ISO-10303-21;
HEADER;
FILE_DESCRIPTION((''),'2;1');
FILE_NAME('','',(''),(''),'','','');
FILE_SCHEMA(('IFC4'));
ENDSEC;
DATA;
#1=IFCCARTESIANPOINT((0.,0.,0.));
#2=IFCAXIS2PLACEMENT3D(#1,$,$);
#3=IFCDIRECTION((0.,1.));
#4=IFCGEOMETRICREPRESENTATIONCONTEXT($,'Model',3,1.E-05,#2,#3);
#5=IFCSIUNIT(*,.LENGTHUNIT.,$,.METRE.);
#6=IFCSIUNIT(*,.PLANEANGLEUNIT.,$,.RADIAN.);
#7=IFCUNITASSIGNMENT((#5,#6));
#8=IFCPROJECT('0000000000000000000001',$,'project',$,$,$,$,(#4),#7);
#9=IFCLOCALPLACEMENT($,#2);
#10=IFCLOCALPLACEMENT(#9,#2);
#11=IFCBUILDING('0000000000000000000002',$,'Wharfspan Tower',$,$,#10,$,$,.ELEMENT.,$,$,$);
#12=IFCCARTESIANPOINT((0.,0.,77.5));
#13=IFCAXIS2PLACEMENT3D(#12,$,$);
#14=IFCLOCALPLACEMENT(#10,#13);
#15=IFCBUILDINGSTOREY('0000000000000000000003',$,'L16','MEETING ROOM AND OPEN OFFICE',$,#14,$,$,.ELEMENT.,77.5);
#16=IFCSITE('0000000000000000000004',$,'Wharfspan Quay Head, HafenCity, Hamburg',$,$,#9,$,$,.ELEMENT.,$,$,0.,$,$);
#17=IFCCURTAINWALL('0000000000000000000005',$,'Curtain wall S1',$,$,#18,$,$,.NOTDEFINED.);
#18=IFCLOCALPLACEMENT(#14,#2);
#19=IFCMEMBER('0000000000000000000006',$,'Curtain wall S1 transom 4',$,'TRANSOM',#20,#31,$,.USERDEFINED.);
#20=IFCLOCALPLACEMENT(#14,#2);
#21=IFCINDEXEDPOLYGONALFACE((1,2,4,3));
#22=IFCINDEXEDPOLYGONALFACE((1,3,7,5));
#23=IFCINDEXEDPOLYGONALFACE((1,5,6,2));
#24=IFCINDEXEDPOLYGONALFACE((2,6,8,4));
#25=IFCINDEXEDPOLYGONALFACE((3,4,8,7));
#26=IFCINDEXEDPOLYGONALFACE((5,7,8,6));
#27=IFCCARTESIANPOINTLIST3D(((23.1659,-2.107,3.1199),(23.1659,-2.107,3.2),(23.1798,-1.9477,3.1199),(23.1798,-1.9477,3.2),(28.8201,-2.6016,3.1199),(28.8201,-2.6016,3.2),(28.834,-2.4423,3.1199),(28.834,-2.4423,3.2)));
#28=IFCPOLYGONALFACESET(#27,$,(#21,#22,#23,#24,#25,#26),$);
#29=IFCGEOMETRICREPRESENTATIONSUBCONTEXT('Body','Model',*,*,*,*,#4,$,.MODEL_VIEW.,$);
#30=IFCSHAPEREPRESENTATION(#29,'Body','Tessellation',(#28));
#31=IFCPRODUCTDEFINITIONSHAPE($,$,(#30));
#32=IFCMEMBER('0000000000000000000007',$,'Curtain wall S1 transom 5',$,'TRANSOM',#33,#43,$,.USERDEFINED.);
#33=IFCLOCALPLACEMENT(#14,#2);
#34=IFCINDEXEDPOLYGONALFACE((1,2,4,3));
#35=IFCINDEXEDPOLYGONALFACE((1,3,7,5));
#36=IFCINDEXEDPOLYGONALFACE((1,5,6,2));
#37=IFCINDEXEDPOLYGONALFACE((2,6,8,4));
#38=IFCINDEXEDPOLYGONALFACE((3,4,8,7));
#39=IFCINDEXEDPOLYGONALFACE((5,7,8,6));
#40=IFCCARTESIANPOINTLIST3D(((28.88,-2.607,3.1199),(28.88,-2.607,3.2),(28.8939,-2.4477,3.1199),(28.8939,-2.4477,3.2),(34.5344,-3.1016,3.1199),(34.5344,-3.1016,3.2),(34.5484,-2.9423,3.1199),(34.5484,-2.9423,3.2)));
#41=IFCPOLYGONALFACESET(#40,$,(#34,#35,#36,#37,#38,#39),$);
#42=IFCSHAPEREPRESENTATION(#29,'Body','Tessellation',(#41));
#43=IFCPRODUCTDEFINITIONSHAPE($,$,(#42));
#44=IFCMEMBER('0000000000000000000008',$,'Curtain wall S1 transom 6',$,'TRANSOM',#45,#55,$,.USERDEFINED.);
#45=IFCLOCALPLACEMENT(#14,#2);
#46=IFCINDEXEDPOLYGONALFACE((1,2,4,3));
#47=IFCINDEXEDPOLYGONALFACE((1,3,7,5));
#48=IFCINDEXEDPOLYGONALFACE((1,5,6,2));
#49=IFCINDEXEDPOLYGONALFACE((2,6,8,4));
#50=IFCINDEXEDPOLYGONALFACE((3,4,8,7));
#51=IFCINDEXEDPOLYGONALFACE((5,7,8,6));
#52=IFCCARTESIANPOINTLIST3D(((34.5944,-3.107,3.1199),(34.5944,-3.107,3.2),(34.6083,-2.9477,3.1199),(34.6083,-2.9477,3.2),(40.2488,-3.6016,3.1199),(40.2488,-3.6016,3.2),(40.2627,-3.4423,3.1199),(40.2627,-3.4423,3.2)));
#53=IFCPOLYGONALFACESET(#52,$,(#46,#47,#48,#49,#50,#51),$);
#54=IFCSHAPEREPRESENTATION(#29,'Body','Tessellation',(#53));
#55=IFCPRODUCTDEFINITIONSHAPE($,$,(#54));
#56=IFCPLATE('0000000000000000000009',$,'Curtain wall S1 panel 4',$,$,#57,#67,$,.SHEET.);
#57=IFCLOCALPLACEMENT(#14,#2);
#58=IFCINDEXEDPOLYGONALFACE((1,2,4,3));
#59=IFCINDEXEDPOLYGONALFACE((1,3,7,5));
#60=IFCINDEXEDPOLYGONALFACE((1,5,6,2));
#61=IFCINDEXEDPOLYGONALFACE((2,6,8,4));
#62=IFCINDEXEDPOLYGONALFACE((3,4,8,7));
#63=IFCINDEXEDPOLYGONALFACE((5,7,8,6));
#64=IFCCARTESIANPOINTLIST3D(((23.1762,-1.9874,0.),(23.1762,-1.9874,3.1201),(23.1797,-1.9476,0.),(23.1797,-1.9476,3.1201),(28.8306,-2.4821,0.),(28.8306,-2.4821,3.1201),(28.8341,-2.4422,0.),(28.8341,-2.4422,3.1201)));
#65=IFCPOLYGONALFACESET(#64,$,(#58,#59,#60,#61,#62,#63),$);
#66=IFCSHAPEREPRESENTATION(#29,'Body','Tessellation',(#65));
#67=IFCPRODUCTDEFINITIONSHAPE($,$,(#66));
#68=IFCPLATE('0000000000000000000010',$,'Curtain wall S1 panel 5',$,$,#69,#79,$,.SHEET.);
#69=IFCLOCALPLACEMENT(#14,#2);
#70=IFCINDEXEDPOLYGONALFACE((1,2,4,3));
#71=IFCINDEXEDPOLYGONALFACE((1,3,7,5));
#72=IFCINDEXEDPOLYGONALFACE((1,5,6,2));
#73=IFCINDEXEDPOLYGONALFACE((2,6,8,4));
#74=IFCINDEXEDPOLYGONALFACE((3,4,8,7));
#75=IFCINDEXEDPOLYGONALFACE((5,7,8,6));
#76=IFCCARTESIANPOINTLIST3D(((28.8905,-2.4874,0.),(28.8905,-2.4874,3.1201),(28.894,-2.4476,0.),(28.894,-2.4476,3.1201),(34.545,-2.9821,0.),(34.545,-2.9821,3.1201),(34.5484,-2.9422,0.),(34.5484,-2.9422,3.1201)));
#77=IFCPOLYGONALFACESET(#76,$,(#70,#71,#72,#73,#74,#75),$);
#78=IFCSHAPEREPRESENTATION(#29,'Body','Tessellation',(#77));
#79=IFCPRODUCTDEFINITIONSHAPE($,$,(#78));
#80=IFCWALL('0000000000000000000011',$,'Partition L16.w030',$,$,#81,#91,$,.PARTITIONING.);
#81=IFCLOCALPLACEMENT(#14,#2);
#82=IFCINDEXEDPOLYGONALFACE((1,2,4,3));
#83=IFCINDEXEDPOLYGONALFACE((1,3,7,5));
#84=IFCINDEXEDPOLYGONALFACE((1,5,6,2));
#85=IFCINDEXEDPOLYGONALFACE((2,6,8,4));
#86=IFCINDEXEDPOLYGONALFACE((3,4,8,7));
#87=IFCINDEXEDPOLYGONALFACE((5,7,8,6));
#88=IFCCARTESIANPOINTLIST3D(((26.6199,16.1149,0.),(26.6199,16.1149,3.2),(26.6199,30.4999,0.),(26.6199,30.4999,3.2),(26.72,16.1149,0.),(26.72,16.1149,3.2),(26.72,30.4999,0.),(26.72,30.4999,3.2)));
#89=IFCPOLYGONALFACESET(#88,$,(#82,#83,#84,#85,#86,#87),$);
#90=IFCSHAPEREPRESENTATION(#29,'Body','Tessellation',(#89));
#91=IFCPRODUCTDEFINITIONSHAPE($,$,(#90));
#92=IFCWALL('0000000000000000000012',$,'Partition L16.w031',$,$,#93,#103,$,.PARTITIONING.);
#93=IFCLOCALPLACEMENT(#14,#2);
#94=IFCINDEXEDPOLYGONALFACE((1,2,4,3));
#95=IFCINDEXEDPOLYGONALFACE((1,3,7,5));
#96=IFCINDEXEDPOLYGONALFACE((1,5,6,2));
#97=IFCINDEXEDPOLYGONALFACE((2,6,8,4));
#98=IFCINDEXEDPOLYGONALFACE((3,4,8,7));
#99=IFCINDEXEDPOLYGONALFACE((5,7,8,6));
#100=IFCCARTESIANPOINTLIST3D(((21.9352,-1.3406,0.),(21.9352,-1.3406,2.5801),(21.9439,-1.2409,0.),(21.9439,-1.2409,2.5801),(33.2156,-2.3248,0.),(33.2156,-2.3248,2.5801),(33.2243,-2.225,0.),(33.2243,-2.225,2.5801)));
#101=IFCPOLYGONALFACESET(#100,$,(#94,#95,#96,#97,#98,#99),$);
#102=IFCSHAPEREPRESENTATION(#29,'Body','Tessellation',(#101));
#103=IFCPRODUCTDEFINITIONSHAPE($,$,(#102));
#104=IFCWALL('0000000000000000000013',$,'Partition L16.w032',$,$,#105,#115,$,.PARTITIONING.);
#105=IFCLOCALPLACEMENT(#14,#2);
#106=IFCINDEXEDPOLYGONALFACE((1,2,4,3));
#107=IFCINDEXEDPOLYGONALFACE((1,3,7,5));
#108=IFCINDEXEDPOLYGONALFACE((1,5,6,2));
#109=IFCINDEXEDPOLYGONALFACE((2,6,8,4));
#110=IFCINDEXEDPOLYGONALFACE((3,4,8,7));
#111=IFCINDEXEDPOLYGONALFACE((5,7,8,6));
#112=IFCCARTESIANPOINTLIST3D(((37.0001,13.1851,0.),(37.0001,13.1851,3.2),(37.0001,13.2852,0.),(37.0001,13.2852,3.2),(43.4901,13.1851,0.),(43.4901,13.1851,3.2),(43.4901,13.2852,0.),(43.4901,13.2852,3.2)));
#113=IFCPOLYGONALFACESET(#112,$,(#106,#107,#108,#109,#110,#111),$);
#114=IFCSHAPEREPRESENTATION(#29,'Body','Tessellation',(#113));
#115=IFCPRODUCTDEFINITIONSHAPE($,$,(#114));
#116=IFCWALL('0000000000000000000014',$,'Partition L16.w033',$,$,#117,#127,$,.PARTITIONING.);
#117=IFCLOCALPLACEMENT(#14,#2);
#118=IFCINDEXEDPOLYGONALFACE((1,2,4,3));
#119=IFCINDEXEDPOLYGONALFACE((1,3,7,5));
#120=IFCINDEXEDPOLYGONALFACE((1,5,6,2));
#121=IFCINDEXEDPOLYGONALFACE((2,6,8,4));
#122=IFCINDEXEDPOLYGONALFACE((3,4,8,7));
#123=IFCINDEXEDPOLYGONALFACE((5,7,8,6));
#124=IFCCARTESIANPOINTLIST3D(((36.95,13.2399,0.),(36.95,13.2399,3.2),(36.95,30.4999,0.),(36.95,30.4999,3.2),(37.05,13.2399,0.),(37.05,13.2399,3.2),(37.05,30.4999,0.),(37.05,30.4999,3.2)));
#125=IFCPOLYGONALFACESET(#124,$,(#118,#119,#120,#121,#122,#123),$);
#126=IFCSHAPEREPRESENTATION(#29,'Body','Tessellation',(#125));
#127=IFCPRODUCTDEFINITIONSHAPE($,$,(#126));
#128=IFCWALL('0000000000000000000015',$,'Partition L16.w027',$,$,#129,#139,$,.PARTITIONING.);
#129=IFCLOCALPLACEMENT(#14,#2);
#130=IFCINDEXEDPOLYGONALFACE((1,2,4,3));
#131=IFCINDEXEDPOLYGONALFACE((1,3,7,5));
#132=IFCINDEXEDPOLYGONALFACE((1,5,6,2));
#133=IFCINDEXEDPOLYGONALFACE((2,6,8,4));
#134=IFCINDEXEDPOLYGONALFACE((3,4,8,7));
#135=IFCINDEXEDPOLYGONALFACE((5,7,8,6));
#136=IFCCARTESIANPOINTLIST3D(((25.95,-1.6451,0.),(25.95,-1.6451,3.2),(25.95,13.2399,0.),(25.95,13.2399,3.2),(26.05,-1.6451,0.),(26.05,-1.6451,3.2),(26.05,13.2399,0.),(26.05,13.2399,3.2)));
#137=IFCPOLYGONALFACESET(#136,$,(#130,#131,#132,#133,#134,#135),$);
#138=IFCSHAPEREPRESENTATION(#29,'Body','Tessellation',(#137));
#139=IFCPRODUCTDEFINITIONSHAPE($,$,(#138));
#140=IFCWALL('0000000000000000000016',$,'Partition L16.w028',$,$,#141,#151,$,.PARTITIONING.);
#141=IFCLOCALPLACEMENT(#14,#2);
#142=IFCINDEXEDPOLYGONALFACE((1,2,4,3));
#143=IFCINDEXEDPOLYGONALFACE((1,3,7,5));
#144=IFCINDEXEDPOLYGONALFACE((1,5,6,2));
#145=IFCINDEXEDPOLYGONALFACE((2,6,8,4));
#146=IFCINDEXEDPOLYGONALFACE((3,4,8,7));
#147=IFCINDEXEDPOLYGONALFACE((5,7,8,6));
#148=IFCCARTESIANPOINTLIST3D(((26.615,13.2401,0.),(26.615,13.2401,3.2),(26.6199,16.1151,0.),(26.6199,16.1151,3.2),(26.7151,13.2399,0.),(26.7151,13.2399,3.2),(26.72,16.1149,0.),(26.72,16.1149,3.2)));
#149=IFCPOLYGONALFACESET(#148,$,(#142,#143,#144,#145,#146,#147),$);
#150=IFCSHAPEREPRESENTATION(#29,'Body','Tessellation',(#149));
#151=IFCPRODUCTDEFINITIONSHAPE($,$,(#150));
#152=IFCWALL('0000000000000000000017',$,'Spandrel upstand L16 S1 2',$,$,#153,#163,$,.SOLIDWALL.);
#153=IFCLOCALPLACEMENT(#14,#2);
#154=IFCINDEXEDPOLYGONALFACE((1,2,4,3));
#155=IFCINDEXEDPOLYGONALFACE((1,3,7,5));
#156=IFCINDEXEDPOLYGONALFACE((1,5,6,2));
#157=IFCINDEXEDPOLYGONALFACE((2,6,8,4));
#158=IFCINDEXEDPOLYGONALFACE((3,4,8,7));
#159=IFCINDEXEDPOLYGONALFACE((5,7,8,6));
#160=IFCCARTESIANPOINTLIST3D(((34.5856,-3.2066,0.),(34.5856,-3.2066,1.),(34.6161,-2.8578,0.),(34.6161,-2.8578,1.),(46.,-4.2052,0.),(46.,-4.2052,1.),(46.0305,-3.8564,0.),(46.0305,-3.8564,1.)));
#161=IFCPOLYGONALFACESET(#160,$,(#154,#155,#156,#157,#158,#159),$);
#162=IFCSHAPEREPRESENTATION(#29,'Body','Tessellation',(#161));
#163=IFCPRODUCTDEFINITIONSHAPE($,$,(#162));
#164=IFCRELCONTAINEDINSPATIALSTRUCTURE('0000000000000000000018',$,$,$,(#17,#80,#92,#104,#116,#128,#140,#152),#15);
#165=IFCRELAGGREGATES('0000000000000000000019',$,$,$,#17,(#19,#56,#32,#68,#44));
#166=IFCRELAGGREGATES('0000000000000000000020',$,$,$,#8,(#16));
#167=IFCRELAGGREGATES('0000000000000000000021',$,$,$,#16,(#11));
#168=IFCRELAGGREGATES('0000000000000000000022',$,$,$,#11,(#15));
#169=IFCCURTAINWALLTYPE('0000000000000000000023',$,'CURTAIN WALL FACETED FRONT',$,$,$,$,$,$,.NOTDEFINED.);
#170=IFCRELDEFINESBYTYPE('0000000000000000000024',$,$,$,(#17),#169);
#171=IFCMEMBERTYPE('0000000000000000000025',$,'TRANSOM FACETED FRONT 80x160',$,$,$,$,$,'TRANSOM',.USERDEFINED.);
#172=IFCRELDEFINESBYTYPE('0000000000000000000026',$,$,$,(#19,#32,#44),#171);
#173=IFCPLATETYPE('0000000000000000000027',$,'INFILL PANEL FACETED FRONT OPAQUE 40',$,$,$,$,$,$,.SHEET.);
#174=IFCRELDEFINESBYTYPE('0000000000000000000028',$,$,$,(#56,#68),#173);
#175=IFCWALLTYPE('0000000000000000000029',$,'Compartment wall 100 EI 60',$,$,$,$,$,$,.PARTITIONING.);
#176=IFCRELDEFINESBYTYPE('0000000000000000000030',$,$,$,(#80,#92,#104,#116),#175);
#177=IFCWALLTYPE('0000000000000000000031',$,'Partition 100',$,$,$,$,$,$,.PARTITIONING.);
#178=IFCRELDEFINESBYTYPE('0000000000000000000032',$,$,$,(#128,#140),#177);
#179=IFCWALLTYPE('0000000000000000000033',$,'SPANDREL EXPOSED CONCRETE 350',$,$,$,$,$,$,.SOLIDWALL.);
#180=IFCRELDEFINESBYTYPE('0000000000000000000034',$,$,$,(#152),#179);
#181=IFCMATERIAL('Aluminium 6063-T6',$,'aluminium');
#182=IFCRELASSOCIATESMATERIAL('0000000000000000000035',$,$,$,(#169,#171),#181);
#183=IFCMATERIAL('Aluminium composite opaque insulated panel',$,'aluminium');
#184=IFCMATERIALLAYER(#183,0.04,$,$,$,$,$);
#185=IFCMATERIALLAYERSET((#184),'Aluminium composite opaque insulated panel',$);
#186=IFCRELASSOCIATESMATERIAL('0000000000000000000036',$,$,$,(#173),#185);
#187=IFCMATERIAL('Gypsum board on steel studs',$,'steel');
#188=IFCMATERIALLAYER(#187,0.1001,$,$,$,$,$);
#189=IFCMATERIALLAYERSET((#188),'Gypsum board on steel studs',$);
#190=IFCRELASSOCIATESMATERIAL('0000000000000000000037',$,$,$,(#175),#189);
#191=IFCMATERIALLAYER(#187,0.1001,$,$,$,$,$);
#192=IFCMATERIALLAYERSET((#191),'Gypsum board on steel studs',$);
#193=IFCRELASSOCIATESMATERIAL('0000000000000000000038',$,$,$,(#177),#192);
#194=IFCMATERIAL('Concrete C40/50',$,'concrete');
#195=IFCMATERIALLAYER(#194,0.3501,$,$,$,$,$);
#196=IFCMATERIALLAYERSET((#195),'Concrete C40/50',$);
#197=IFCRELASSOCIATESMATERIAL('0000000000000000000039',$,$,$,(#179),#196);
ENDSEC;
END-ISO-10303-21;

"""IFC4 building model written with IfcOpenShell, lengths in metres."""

from ifc_helpers import new_model, si_unit, direction, frame, frame_2d, origin, origin_2d, place, context, subcontext, project, spatial, rectangle, extrude, material, layer, layer_set, material_profile, profile_set, type_object, element, aggregate, save


model = new_model("IFC4")

# Units and contexts
model_context = context("Model", 3, precision=1e-05, world=origin(), true_north=direction((0.0, 1.0)))
body_context = subcontext(model_context, "Body", "Model", "MODEL_VIEW")
ifc_project = project(units=[si_unit("LENGTHUNIT", "METRE"), si_unit("PLANEANGLEUNIT", "RADIAN")], contexts=[model_context])

# Site, building, storey
site_placement = place(None, origin())
site = spatial("IfcSite", under=ifc_project, at=site_placement, Name="Wharfspan Quay Head, HafenCity, Hamburg", CompositionType="ELEMENT", RefElevation=0.0)
building_placement = place(site_placement, origin())
building = spatial("IfcBuilding", under=site, at=building_placement, Name="Wharfspan Tower", CompositionType="ELEMENT")
storey_placement = place(building_placement, frame((0.0, 0.0, 77.5)))
storey = spatial("IfcBuildingStorey", under=building, at=storey_placement, Name="L16", Description="MEETING ROOM AND OPEN OFFICE", CompositionType="ELEMENT", Elevation=77.5)

# Curtain wall
ifc_material_1 = material(Name="Aluminium 6063-T6", Category="aluminium")
curtain_wall_type = type_object("IfcCurtainWallType", Name="CURTAIN WALL FACETED FRONT", PredefinedType="NOTDEFINED", material=ifc_material_1)
curtain_wall_placement = place(storey_placement, origin())
curtain_wall = element("IfcCurtainWall", 1, at=curtain_wall_placement, inside=storey, type_object=curtain_wall_type, Name="Curtain wall S1", PredefinedType="NOTDEFINED")

# Members
ifc_material_profile_1 = material_profile(ifc_material_1, rectangle(XDim=0.1599, YDim=0.0801, at=origin_2d()))
ifc_profile_set_1 = profile_set([ifc_material_profile_1], Name="Aluminium 6063-T6")
member_type_1 = type_object("IfcMemberType", Name="TRANSOM FACETED FRONT 80x160", ElementType="TRANSOM", PredefinedType="USERDEFINED", material=ifc_profile_set_1)
member_1_placement = place(storey_placement, frame((23.1729, -2.0273, 3.1599), z_axis=(0.996196, -0.087146, 0.0), x_axis=(0.087146, 0.996196, 0.0)))
member_1 = element("IfcMember", 2, at=member_1_placement, type_object=member_type_1, Name="Curtain wall S1 transom 4", ObjectType="TRANSOM", PredefinedType="USERDEFINED", context=body_context, shape_type="SweptSolid", body=[
    extrude(rectangle(XDim=0.1599, YDim=0.0801, at=origin_2d()), origin(), (0.0, 0.0, 1.0), 5.6758),
])
member_2_placement = place(storey_placement, frame((28.887, -2.5273, 3.1599), z_axis=(0.996196, -0.087142, 0.0), x_axis=(0.087142, 0.996196, 0.0)))
member_2 = element("IfcMember", 3, at=member_2_placement, type_object=member_type_1, Name="Curtain wall S1 transom 5", ObjectType="TRANSOM", PredefinedType="USERDEFINED", context=body_context, shape_type="SweptSolid", body=[
    extrude(rectangle(XDim=0.1599, YDim=0.0801, at=origin_2d()), origin(), (0.0, 0.0, 1.0), 5.676),
])
member_3_placement = place(storey_placement, frame((34.6013, -3.0273, 3.1599), z_axis=(0.996196, -0.087142, 0.0), x_axis=(0.087142, 0.996196, 0.0)))
member_3 = element("IfcMember", 4, at=member_3_placement, type_object=member_type_1, Name="Curtain wall S1 transom 6", ObjectType="TRANSOM", PredefinedType="USERDEFINED", context=body_context, shape_type="SweptSolid", body=[
    extrude(rectangle(XDim=0.1599, YDim=0.0801, at=origin_2d()), origin(), (0.0, 0.0, 1.0), 5.676),
])

# Plates
ifc_material_2 = material(Name="Aluminium composite opaque insulated panel", Category="aluminium")
ifc_layer_1 = layer(ifc_material_2, 0.04)
ifc_layer_set_1 = layer_set([ifc_layer_1], Name="Aluminium composite opaque insulated panel")
plate_type = type_object("IfcPlateType", Name="INFILL PANEL FACETED FRONT OPAQUE 40", PredefinedType="SHEET", material=ifc_layer_set_1)
plate_1_placement = place(storey_placement, frame((26.0051, -2.2148, 0.0), z_axis=(0.0, 0.0, 1.0), x_axis=(0.996197, -0.087156, 0.0)))
plate_1 = element("IfcPlate", 5, at=plate_1_placement, type_object=plate_type, Name="Curtain wall S1 panel 4", PredefinedType="SHEET", context=body_context, shape_type="SweptSolid", body=[
    extrude(rectangle(XDim=5.676, YDim=0.04, at=origin_2d()), origin(), (0.0, 0.0, 1.0), 3.1201),
])
plate_2_placement = place(storey_placement, frame((31.7195, -2.7148, 0.0), z_axis=(0.0, 0.0, 1.0), x_axis=(0.996197, -0.087156, 0.0)))
plate_2 = element("IfcPlate", 6, at=plate_2_placement, type_object=plate_type, Name="Curtain wall S1 panel 5", PredefinedType="SHEET", context=body_context, shape_type="SweptSolid", body=[
    extrude(rectangle(XDim=5.676, YDim=0.04, at=origin_2d()), origin(), (0.0, 0.0, 1.0), 3.1201),
])
aggregate(curtain_wall, [member_1, plate_1, member_2, plate_2, member_3])

# Walls
ifc_material_3 = material(Name="Gypsum board on steel studs", Category="steel")
ifc_layer_2 = layer(ifc_material_3, 0.1001)
ifc_layer_set_2 = layer_set([ifc_layer_2], Name="Gypsum board on steel studs")
wall_type_1 = type_object("IfcWallType", Name="Compartment wall 100 EI 60", PredefinedType="PARTITIONING", material=ifc_layer_set_2)
wall_1_placement = place(storey_placement, frame((26.6699, 16.115, 0.0), z_axis=(0.0, 0.0, 1.0), x_axis=(0.0, 1.0, 0.0)))
element("IfcWall", 7, at=wall_1_placement, inside=storey, type_object=wall_type_1, Name="Partition L16.w030", PredefinedType="PARTITIONING", context=body_context, shape_type="SweptSolid", body=[
    extrude(rectangle(XDim=14.385, YDim=0.1001, at=frame_2d((7.1924, 0.0))), origin(), (0.0, 0.0, 1.0), 3.2),
])
wall_2_placement = place(storey_placement, frame((33.22, -2.2749, 0.0), z_axis=(0.0, 0.0, 1.0), x_axis=(-0.996212, 0.086913, 0.0)))
element("IfcWall", 8, at=wall_2_placement, inside=storey, type_object=wall_type_1, Name="Partition L16.w031", PredefinedType="PARTITIONING", context=body_context, shape_type="SweptSolid", body=[
    extrude(rectangle(XDim=11.3232, YDim=0.1001, at=frame_2d((5.6616, 0.0))), origin(), (0.0, 0.0, 1.0), 2.5801),
])
wall_3_placement = place(storey_placement, frame((37.0, 13.2351, 0.0), z_axis=(0.0, 0.0, 1.0), x_axis=(1.0, 0.0, 0.0)))
element("IfcWall", 9, at=wall_3_placement, inside=storey, type_object=wall_type_1, Name="Partition L16.w032", PredefinedType="PARTITIONING", context=body_context, shape_type="SweptSolid", body=[
    extrude(rectangle(XDim=6.49, YDim=0.1001, at=frame_2d((3.2451, 0.0))), origin(), (0.0, 0.0, 1.0), 3.2),
])
wall_4_placement = place(storey_placement, frame((37.0, 13.24, 0.0), z_axis=(0.0, 0.0, 1.0), x_axis=(0.0, 1.0, 0.0)))
element("IfcWall", 10, at=wall_4_placement, inside=storey, type_object=wall_type_1, Name="Partition L16.w033", PredefinedType="PARTITIONING", context=body_context, shape_type="SweptSolid", body=[
    extrude(rectangle(XDim=17.26, YDim=0.1001, at=frame_2d((8.6299, 0.0))), origin(), (0.0, 0.0, 1.0), 3.2),
])
ifc_layer_3 = layer(ifc_material_3, 0.1001)
ifc_layer_set_3 = layer_set([ifc_layer_3], Name="Gypsum board on steel studs")
wall_type_2 = type_object("IfcWallType", Name="Partition 100", PredefinedType="PARTITIONING", material=ifc_layer_set_3)
wall_5_placement = place(storey_placement, frame((26.0, -1.645, 0.0), z_axis=(0.0, 0.0, 1.0), x_axis=(0.0, 1.0, 0.0)))
element("IfcWall", 11, at=wall_5_placement, inside=storey, type_object=wall_type_2, Name="Partition L16.w027", PredefinedType="PARTITIONING", context=body_context, shape_type="SweptSolid", body=[
    extrude(rectangle(XDim=14.885, YDim=0.1001, at=frame_2d((7.4424, 0.0))), origin(), (0.0, 0.0, 1.0), 3.2),
])
wall_6_placement = place(storey_placement, frame((26.665, 13.24, 0.0), z_axis=(0.0, 0.0, 1.0), x_axis=(0.001698, 0.999995, 0.0)))
element("IfcWall", 12, at=wall_6_placement, inside=storey, type_object=wall_type_2, Name="Partition L16.w028", PredefinedType="PARTITIONING", context=body_context, shape_type="SweptSolid", body=[
    extrude(rectangle(XDim=2.875, YDim=0.1001, at=frame_2d((1.4375, 0.0))), origin(), (0.0, 0.0, 1.0), 3.2),
])
ifc_material_4 = material(Name="Concrete C40/50", Category="concrete")
ifc_layer_4 = layer(ifc_material_4, 0.3501)
ifc_layer_set_4 = layer_set([ifc_layer_4], Name="Concrete C40/50")
wall_type_3 = type_object("IfcWallType", Name="SPANDREL EXPOSED CONCRETE 350", PredefinedType="SOLIDWALL", material=ifc_layer_set_4)
wall_7_placement = place(storey_placement, frame((34.6008, -3.0322, 0.0), z_axis=(0.0, 0.0, 1.0), x_axis=(0.996193, -0.087148, 0.0)))
element("IfcWall", 13, at=wall_7_placement, inside=storey, type_object=wall_type_3, Name="Spandrel upstand L16 S1 2", PredefinedType="SOLIDWALL", context=body_context, shape_type="SweptSolid", body=[
    extrude(rectangle(XDim=11.458, YDim=0.3501, at=frame_2d((5.729, 0.0))), origin(), (0.0, 0.0, 1.0), 1.0),
])

save(model, "model.ifc")
